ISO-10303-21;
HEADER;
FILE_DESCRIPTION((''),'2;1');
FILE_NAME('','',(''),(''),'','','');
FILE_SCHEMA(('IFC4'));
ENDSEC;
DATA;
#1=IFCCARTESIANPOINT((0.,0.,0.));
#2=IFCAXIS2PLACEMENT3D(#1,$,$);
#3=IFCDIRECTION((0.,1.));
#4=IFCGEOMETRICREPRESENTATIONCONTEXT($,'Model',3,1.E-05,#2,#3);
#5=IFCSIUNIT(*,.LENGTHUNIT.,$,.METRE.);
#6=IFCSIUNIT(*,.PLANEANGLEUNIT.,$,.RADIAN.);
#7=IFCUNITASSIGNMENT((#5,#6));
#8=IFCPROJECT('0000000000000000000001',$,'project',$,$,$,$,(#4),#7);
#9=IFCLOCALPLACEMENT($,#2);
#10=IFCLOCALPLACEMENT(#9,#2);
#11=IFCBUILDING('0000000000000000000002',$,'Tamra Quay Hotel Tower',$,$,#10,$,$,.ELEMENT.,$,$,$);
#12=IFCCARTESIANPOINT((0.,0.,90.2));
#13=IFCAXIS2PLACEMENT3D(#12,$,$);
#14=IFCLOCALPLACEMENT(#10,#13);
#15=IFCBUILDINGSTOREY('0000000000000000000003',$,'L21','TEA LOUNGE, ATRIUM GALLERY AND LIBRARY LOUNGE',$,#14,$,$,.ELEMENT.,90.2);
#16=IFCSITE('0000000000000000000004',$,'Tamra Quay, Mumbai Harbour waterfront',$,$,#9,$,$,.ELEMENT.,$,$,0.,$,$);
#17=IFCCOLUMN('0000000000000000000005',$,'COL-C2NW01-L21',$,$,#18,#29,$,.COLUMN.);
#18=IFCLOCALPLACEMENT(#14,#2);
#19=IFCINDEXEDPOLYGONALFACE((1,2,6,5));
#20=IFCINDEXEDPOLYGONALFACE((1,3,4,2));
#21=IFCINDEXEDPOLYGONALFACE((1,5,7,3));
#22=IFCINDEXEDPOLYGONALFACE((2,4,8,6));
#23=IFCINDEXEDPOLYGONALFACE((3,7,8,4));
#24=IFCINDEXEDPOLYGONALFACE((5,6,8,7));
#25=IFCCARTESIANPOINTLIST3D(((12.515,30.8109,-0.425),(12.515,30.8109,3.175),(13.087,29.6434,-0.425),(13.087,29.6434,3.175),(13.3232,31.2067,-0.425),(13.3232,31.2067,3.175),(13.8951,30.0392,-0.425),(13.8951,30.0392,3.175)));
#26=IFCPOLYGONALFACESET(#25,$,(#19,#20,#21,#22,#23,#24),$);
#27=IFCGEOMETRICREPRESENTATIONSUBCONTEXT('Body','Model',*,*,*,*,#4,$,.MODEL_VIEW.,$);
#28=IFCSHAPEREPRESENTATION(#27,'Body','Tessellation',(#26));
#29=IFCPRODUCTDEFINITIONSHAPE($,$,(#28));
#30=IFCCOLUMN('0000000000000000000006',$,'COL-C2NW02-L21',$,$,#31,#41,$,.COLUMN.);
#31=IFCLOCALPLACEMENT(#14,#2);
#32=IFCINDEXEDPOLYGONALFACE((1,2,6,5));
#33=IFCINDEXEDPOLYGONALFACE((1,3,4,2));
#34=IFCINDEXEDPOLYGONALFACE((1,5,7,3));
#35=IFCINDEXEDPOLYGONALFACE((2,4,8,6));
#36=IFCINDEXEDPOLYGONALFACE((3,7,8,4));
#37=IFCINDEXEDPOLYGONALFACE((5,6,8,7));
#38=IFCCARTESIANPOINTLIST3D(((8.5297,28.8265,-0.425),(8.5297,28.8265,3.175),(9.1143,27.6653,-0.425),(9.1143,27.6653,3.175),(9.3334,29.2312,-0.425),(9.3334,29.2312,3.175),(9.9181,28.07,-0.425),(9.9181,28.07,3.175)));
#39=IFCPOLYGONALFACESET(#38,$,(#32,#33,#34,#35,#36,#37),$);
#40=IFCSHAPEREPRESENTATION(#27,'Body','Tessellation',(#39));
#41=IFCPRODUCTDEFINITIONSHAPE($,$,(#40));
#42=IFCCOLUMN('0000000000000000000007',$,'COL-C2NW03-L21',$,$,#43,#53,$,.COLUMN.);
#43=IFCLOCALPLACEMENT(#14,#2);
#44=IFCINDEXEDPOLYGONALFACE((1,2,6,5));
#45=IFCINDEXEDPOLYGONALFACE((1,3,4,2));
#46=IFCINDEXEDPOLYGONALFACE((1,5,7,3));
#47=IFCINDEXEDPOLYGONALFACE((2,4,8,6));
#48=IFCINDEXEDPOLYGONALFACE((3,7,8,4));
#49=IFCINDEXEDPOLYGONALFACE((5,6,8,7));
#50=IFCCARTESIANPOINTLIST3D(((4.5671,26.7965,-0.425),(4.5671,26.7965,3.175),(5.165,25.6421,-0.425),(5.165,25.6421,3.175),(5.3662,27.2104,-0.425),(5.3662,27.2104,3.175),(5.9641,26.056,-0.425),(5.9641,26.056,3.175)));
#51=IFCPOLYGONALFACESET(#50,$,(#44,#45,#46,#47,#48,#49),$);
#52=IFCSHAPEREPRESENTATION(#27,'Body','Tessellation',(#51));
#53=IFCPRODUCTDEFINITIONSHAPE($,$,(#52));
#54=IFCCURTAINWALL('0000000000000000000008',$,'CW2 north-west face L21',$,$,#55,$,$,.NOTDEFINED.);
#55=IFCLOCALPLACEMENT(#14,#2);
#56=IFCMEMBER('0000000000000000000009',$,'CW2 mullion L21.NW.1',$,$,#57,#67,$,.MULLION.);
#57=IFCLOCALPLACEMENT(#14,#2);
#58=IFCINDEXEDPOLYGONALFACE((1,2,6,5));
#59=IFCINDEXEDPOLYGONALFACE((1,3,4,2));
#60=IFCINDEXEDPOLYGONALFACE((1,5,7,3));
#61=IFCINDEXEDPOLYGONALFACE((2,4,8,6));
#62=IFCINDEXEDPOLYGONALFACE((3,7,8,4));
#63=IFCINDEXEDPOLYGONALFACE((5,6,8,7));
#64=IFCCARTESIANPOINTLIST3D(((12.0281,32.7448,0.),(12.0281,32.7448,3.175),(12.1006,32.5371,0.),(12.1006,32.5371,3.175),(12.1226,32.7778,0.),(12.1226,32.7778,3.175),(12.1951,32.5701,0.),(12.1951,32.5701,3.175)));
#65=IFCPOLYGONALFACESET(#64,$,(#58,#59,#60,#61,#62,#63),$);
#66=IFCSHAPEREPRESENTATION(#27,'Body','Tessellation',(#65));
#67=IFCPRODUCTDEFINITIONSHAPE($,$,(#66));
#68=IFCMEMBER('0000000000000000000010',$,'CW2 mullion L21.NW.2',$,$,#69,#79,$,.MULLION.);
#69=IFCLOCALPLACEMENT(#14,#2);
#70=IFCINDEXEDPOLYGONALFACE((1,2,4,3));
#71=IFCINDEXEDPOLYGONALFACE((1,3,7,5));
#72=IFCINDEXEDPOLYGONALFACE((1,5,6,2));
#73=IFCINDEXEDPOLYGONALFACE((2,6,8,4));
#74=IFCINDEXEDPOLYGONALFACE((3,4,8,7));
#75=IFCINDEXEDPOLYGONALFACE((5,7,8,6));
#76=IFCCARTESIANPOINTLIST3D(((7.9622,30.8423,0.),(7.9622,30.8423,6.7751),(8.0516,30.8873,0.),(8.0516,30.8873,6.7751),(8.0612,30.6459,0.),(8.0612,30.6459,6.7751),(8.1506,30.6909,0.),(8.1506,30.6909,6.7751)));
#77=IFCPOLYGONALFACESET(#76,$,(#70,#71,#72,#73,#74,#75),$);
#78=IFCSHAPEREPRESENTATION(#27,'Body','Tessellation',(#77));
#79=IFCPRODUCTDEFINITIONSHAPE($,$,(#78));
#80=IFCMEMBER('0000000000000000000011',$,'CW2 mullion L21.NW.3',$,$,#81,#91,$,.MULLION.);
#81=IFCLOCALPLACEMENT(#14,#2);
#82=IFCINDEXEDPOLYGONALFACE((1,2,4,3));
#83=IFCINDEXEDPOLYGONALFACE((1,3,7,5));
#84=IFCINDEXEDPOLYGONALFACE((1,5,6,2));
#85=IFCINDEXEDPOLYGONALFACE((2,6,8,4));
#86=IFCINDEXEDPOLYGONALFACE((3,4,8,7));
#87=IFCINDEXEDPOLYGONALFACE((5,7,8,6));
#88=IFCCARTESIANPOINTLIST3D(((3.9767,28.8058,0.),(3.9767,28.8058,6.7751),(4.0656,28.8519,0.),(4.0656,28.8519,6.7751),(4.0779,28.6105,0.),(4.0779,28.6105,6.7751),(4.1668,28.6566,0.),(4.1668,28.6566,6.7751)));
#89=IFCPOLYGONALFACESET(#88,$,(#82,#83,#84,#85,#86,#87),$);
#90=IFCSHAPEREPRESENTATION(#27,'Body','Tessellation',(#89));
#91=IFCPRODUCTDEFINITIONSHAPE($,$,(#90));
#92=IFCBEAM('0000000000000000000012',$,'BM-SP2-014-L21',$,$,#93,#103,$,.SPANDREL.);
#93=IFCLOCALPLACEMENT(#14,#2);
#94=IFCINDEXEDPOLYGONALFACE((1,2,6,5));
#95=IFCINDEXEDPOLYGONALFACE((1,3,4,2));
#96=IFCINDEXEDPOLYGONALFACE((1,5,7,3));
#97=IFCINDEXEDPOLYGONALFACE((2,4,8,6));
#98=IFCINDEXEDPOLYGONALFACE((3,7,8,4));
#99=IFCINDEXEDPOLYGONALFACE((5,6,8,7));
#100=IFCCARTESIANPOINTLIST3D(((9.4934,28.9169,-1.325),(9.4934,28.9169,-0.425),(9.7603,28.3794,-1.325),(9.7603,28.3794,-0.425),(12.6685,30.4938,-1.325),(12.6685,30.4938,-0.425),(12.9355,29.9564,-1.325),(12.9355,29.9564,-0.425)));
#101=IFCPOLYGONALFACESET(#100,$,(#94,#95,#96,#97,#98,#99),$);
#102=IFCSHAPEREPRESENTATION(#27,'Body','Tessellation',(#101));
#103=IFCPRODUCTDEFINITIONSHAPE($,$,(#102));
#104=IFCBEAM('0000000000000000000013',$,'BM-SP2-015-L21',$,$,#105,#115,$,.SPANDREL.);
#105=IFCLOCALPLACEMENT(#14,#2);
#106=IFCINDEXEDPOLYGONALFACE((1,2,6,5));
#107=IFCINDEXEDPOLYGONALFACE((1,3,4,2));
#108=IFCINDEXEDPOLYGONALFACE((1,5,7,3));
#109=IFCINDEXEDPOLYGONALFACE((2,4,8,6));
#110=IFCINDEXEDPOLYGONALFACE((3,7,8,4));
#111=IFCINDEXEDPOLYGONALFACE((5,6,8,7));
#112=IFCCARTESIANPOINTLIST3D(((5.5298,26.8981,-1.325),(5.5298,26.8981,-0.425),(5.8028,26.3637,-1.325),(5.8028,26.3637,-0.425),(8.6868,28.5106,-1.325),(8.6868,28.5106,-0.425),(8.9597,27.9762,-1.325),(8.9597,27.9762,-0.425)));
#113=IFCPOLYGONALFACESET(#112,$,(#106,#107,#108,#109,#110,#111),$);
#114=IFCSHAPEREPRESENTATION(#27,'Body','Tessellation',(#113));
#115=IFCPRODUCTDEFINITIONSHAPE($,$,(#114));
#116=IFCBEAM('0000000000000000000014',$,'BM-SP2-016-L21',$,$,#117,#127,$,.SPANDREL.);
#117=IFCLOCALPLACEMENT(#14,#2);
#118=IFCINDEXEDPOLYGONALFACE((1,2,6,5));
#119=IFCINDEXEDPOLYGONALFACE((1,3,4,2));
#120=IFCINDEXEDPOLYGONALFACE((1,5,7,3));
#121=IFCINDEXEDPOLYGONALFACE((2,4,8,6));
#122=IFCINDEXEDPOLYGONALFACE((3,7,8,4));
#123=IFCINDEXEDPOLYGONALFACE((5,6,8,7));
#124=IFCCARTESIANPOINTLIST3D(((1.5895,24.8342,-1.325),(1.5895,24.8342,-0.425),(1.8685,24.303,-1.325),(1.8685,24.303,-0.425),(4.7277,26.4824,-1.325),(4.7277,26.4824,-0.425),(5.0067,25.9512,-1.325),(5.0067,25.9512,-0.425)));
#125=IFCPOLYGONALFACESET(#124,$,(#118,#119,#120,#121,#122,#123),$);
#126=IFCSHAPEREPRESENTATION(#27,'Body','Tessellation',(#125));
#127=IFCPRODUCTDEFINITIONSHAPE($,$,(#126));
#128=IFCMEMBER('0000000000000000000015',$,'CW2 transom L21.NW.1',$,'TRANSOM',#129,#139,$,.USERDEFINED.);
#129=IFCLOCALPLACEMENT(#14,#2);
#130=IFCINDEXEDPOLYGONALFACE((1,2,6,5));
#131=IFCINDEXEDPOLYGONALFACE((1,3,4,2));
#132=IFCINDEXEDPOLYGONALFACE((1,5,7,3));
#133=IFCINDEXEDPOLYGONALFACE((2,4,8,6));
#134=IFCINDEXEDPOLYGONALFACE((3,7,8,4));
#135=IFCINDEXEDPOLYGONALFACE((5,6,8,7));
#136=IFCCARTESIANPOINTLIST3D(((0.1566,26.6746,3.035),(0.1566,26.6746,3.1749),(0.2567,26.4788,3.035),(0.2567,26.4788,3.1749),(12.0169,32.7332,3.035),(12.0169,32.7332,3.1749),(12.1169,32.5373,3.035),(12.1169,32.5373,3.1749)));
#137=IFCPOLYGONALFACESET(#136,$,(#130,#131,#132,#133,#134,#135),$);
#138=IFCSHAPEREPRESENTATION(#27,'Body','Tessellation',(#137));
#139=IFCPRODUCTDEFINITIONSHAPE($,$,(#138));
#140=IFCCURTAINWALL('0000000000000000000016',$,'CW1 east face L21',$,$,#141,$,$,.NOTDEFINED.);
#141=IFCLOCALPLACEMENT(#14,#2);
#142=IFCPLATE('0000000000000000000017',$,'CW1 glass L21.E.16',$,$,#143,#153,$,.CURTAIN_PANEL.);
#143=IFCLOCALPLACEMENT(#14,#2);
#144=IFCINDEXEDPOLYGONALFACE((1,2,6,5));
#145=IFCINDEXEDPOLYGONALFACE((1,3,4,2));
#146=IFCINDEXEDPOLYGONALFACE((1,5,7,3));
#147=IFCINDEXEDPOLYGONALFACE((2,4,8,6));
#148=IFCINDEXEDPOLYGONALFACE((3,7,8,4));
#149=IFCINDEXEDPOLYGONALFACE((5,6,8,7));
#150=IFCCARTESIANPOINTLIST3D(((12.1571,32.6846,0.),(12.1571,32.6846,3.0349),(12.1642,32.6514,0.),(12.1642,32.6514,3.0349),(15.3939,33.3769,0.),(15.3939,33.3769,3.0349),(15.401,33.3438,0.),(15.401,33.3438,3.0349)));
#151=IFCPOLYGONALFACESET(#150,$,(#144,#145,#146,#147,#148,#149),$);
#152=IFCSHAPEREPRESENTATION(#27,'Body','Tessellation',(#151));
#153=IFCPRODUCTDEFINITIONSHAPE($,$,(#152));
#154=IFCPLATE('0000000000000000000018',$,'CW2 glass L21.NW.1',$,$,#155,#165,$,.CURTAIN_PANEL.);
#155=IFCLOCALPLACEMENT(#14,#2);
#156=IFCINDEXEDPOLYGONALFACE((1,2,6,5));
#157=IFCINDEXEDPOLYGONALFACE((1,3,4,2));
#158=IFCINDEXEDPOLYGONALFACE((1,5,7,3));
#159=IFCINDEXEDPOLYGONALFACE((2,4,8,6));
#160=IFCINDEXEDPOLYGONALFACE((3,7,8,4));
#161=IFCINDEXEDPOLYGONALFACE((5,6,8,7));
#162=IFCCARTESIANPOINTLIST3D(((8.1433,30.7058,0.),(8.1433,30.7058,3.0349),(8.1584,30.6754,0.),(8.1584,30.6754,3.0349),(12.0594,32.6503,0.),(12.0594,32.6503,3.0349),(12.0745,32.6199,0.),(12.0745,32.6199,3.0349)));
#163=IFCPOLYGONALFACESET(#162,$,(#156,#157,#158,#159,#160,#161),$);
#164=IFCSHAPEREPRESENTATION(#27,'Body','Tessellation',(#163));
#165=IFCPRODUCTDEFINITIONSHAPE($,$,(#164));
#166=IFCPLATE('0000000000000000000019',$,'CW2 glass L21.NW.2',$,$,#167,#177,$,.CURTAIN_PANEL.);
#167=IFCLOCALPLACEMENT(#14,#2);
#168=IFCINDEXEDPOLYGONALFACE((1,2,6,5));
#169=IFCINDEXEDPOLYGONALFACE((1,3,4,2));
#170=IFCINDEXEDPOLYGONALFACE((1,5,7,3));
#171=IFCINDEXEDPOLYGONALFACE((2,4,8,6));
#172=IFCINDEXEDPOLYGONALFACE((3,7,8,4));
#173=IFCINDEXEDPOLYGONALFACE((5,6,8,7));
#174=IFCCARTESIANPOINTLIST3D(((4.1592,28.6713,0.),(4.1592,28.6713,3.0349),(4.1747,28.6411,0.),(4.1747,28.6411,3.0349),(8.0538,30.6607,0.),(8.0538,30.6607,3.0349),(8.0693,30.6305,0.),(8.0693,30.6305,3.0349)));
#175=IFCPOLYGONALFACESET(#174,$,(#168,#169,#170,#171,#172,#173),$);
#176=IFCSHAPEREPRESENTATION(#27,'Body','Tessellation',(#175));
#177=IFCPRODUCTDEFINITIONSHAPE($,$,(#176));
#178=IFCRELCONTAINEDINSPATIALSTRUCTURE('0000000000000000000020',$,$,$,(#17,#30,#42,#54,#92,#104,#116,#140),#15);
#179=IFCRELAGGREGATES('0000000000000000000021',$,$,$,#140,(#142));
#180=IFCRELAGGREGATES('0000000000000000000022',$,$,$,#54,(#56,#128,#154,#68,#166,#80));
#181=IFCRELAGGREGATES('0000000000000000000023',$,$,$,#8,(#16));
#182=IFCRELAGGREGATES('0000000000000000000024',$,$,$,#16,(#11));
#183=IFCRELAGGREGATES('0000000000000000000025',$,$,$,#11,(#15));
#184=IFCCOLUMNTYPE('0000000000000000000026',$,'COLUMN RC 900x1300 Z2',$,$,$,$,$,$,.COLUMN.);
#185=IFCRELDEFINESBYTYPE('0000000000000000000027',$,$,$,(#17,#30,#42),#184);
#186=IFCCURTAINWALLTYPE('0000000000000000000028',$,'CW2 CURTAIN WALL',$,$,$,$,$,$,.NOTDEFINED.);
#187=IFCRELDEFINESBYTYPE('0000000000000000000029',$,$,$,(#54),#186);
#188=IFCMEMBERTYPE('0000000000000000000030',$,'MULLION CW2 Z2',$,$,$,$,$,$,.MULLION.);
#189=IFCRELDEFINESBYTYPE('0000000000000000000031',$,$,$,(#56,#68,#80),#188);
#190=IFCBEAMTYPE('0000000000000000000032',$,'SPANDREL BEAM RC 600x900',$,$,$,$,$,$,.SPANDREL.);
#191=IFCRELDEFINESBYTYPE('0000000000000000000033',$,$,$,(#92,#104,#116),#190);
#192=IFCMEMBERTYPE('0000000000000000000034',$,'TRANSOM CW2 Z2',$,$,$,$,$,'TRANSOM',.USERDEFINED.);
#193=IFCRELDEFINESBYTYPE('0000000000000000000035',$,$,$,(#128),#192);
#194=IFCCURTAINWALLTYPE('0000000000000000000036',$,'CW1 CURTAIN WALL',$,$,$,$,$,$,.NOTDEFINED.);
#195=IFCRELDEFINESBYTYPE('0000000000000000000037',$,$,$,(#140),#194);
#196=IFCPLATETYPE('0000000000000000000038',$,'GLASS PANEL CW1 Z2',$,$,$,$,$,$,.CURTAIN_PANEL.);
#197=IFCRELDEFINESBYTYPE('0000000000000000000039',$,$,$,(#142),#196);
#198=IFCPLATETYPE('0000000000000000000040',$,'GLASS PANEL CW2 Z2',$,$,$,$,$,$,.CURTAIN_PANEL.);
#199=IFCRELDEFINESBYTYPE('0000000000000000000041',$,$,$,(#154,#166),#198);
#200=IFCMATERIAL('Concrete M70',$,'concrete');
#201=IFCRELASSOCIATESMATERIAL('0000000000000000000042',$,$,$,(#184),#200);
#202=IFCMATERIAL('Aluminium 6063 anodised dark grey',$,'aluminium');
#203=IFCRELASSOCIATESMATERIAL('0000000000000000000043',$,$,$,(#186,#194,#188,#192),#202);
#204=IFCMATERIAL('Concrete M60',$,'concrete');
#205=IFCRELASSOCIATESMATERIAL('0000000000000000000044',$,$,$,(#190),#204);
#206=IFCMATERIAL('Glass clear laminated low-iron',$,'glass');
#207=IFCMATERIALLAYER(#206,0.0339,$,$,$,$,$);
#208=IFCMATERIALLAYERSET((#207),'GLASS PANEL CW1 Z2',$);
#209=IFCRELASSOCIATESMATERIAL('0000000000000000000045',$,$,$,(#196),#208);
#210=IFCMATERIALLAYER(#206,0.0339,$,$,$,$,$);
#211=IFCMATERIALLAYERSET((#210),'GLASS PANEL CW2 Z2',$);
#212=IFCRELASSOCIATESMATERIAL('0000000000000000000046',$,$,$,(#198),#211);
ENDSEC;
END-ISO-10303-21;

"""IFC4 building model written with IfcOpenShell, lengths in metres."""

from ifc_helpers import new_model, si_unit, direction, frame, origin, origin_2d, place, context, subcontext, project, spatial, rectangle, extrude, material, layer, layer_set, material_profile, profile_set, type_object, element, aggregate, save


model = new_model("IFC4")

# Units and contexts
model_context = context("Model", 3, precision=1e-05, world=origin(), true_north=direction((0.0, 1.0)))
body_context = subcontext(model_context, "Body", "Model", "MODEL_VIEW")
ifc_project = project(units=[si_unit("LENGTHUNIT", "METRE"), si_unit("PLANEANGLEUNIT", "RADIAN")], contexts=[model_context])

# Site, building, storey
site_placement = place(None, origin())
site = spatial("IfcSite", under=ifc_project, at=site_placement, Name="Tamra Quay, Mumbai Harbour waterfront", CompositionType="ELEMENT", RefElevation=0.0)
building_placement = place(site_placement, origin())
building = spatial("IfcBuilding", under=site, at=building_placement, Name="Tamra Quay Hotel Tower", CompositionType="ELEMENT")
storey_placement = place(building_placement, frame((0.0, 0.0, 90.2)))
storey = spatial("IfcBuildingStorey", under=building, at=storey_placement, Name="L21", Description="TEA LOUNGE, ATRIUM GALLERY AND LIBRARY LOUNGE", CompositionType="ELEMENT", Elevation=90.2)

# Columns
ifc_material_1 = material(Name="Concrete M70", Category="concrete")
ifc_material_profile_1 = material_profile(ifc_material_1, rectangle(XDim=1.3, YDim=0.8999, at=origin_2d()), Name="COLUMN RC 900x1300 Z2")
ifc_profile_set_1 = profile_set([ifc_material_profile_1], Name="Concrete M70")
column_type = type_object("IfcColumnType", Name="COLUMN RC 900x1300 Z2", PredefinedType="COLUMN", material=ifc_profile_set_1)
for number, where, z_axis, x_axis, name in (
    (1, (13.2051, 30.425, -0.425), (0.0, 0.0, 1.0), (-0.439916, 0.898039, 0.0), "COL-C2NW01-L21"),
    (2, (9.2239, 28.4482, -0.425), (0.0, 0.0, 1.0), (-0.449727, 0.893166, 0.0), "COL-C2NW02-L21"),
    (3, (5.2656, 26.4263, -0.425), (0.0, 0.0, 1.0), (-0.45989, 0.887976, 0.0), "COL-C2NW03-L21"),
):
    element("IfcColumn", number, at=place(storey_placement, frame(where, z_axis=z_axis, x_axis=x_axis)), inside=storey, type_object=column_type, Name=name, PredefinedType="COLUMN", context=body_context, shape_type="SweptSolid", body=[
        extrude(rectangle(XDim=1.3, YDim=0.8999, at=origin_2d()), origin(), (0.0, 0.0, 1.0), 3.6001),
    ])

# Curtain wall, members
ifc_material_2 = material(Name="Aluminium 6063 anodised dark grey", Category="aluminium")
curtain_wall_type_1 = type_object("IfcCurtainWallType", Name="CW2 CURTAIN WALL", PredefinedType="NOTDEFINED", material=ifc_material_2)
curtain_wall_1_placement = place(storey_placement, origin())
curtain_wall_1 = element("IfcCurtainWall", 4, at=curtain_wall_1_placement, inside=storey, type_object=curtain_wall_type_1, Name="CW2 north-west face L21", PredefinedType="NOTDEFINED")
ifc_material_profile_2 = material_profile(ifc_material_2, rectangle(XDim=0.22, YDim=0.1001, at=origin_2d()), Name="MULLION 100X220")
ifc_profile_set_2 = profile_set([ifc_material_profile_2], Name="Aluminium 6063 anodised dark grey")
member_type_1 = type_object("IfcMemberType", Name="MULLION CW2 Z2", PredefinedType="MULLION", material=ifc_profile_set_2)
member_1_placement = place(storey_placement, frame((12.1116, 32.6575, 0.0), z_axis=(0.0, 0.0, 1.0), x_axis=(-0.329532, 0.944144, 0.0)))
member_1 = element("IfcMember", 5, at=member_1_placement, type_object=member_type_1, Name="CW2 mullion L21.NW.1", PredefinedType="MULLION", context=body_context, shape_type="SweptSolid", body=[
    extrude(rectangle(XDim=0.22, YDim=0.1001, at=origin_2d()), origin(), (0.0, 0.0, 1.0), 3.175),
])
member_2_placement = place(storey_placement, frame((8.0564, 30.7666, 0.0), z_axis=(0.0, 0.0, 1.0), x_axis=(-0.449827, 0.893116, 0.0)))
member_2 = element("IfcMember", 6, at=member_2_placement, type_object=member_type_1, Name="CW2 mullion L21.NW.2", PredefinedType="MULLION", context=body_context, shape_type="SweptSolid", body=[
    extrude(rectangle(XDim=0.22, YDim=0.1001, at=origin_2d()), origin(), (0.0, 0.0, 1.0), 6.7751),
])
member_3_placement = place(storey_placement, frame((4.0718, 28.7312, 0.0), z_axis=(0.0, 0.0, 1.0), x_axis=(-0.45996, 0.88794, 0.0)))
member_3 = element("IfcMember", 7, at=member_3_placement, type_object=member_type_1, Name="CW2 mullion L21.NW.3", PredefinedType="MULLION", context=body_context, shape_type="SweptSolid", body=[
    extrude(rectangle(XDim=0.22, YDim=0.1001, at=origin_2d()), origin(), (0.0, 0.0, 1.0), 6.7751),
])

# Beams
ifc_material_3 = material(Name="Concrete M60", Category="concrete")
ifc_material_profile_3 = material_profile(ifc_material_3, rectangle(XDim=0.6001, YDim=0.8999, at=origin_2d()), Name="SPANDREL BEAM RC 600x900")
ifc_profile_set_3 = profile_set([ifc_material_profile_3], Name="Concrete M60")
beam_type = type_object("IfcBeamType", Name="SPANDREL BEAM RC 600x900", PredefinedType="SPANDREL", material=ifc_profile_set_3)
beam_1_placement = place(storey_placement, frame((12.802, 30.2251, -0.875), z_axis=(-0.895622, -0.444815, 0.0), x_axis=(0.444815, -0.895622, 0.0)))
element("IfcBeam", 8, at=beam_1_placement, inside=storey, type_object=beam_type, Name="BM-SP2-014-L21", PredefinedType="SPANDREL", context=body_context, shape_type="SweptSolid", body=[
    extrude(rectangle(XDim=0.6001, YDim=0.8999, at=origin_2d()), origin(), (0.0, 0.0, 1.0), 3.5452),
])
beam_2_placement = place(storey_placement, frame((8.8232, 28.2434, -0.875), z_axis=(-0.890551, -0.454883, 0.0), x_axis=(0.454883, -0.890551, 0.0)))
element("IfcBeam", 9, at=beam_2_placement, inside=storey, type_object=beam_type, Name="BM-SP2-015-L21", PredefinedType="SPANDREL", context=body_context, shape_type="SweptSolid", body=[
    extrude(rectangle(XDim=0.6001, YDim=0.8999, at=origin_2d()), origin(), (0.0, 0.0, 1.0), 3.5449),
])
beam_3_placement = place(storey_placement, frame((4.8672, 26.2168, -0.875), z_axis=(-0.885323, -0.464977, 0.0), x_axis=(0.464977, -0.885323, 0.0)))
element("IfcBeam", 10, at=beam_3_placement, inside=storey, type_object=beam_type, Name="BM-SP2-016-L21", PredefinedType="SPANDREL", context=body_context, shape_type="SweptSolid", body=[
    extrude(rectangle(XDim=0.6001, YDim=0.8999, at=origin_2d()), origin(), (0.0, 0.0, 1.0), 3.5447),
])

# Member
ifc_material_profile_4 = material_profile(ifc_material_2, rectangle(XDim=0.22, YDim=0.1399, at=origin_2d()), Name="TRANSOM 220X140")
ifc_profile_set_4 = profile_set([ifc_material_profile_4], Name="Aluminium 6063 anodised dark grey")
member_type_2 = type_object("IfcMemberType", Name="TRANSOM CW2 Z2", ElementType="TRANSOM", PredefinedType="USERDEFINED", material=ifc_profile_set_4)
member_4_placement = place(storey_placement, frame((12.0669, 32.6353, 3.105), z_axis=(-0.890537, -0.454911, 0.0), x_axis=(0.454911, -0.890537, 0.0)))
member_4 = element("IfcMember", 11, at=member_4_placement, type_object=member_type_2, Name="CW2 transom L21.NW.1", ObjectType="TRANSOM", PredefinedType="USERDEFINED", context=body_context, shape_type="SweptSolid", body=[
    extrude(rectangle(XDim=0.22, YDim=0.1399, at=origin_2d()), origin(), (0.0, 0.0, 1.0), 13.3181),
])

# Curtain wall, plate
curtain_wall_type_2 = type_object("IfcCurtainWallType", Name="CW1 CURTAIN WALL", PredefinedType="NOTDEFINED", material=ifc_material_2)
curtain_wall_2_placement = place(storey_placement, origin())
curtain_wall_2 = element("IfcCurtainWall", 12, at=curtain_wall_2_placement, inside=storey, type_object=curtain_wall_type_2, Name="CW1 east face L21", PredefinedType="NOTDEFINED")
ifc_material_4 = material(Name="Glass clear laminated low-iron", Category="glass")
ifc_layer_1 = layer(ifc_material_4, 0.0339)
ifc_layer_set_1 = layer_set([ifc_layer_1], Name="GLASS PANEL CW1 Z2")
plate_type_1 = type_object("IfcPlateType", Name="GLASS PANEL CW1 Z2", PredefinedType="CURTAIN_PANEL", material=ifc_layer_set_1)
plate_1_placement = place(storey_placement, frame((13.7791, 33.0142, 0.0), z_axis=(0.0, 0.0, 1.0), x_axis=(-0.977879, -0.209172, 0.0)))
plate_1 = element("IfcPlate", 13, at=plate_1_placement, type_object=plate_type_1, Name="CW1 glass L21.E.16", PredefinedType="CURTAIN_PANEL", context=body_context, shape_type="SweptSolid", body=[
    extrude(rectangle(XDim=3.3101, YDim=0.0339, at=origin_2d()), origin(), (0.0, 0.0, 1.0), 3.0349),
])
aggregate(curtain_wall_2, [plate_1])

# Plates
ifc_layer_2 = layer(ifc_material_4, 0.0339)
ifc_layer_set_2 = layer_set([ifc_layer_2], Name="GLASS PANEL CW2 Z2")
plate_type_2 = type_object("IfcPlateType", Name="GLASS PANEL CW2 Z2", PredefinedType="CURTAIN_PANEL", material=ifc_layer_set_2)
plate_2_placement = place(storey_placement, frame((10.1089, 31.6628, 0.0), z_axis=(0.0, 0.0, 1.0), x_axis=(-0.895658, -0.444743, 0.0)))
plate_2 = element("IfcPlate", 14, at=plate_2_placement, type_object=plate_type_2, Name="CW2 glass L21.NW.1", PredefinedType="CURTAIN_PANEL", context=body_context, shape_type="SweptSolid", body=[
    extrude(rectangle(XDim=4.3723, YDim=0.0339, at=origin_2d()), origin(), (0.0, 0.0, 1.0), 3.0349),
])
plate_3_placement = place(storey_placement, frame((6.1143, 29.6509, 0.0), z_axis=(0.0, 0.0, 1.0), x_axis=(-0.890545, -0.454896, 0.0)))
plate_3 = element("IfcPlate", 15, at=plate_3_placement, type_object=plate_type_2, Name="CW2 glass L21.NW.2", PredefinedType="CURTAIN_PANEL", context=body_context, shape_type="SweptSolid", body=[
    extrude(rectangle(XDim=4.3733, YDim=0.0339, at=origin_2d()), origin(), (0.0, 0.0, 1.0), 3.0349),
])
aggregate(curtain_wall_1, [member_1, member_4, plate_2, member_2, plate_3, member_3])

save(model, "model.ifc")
